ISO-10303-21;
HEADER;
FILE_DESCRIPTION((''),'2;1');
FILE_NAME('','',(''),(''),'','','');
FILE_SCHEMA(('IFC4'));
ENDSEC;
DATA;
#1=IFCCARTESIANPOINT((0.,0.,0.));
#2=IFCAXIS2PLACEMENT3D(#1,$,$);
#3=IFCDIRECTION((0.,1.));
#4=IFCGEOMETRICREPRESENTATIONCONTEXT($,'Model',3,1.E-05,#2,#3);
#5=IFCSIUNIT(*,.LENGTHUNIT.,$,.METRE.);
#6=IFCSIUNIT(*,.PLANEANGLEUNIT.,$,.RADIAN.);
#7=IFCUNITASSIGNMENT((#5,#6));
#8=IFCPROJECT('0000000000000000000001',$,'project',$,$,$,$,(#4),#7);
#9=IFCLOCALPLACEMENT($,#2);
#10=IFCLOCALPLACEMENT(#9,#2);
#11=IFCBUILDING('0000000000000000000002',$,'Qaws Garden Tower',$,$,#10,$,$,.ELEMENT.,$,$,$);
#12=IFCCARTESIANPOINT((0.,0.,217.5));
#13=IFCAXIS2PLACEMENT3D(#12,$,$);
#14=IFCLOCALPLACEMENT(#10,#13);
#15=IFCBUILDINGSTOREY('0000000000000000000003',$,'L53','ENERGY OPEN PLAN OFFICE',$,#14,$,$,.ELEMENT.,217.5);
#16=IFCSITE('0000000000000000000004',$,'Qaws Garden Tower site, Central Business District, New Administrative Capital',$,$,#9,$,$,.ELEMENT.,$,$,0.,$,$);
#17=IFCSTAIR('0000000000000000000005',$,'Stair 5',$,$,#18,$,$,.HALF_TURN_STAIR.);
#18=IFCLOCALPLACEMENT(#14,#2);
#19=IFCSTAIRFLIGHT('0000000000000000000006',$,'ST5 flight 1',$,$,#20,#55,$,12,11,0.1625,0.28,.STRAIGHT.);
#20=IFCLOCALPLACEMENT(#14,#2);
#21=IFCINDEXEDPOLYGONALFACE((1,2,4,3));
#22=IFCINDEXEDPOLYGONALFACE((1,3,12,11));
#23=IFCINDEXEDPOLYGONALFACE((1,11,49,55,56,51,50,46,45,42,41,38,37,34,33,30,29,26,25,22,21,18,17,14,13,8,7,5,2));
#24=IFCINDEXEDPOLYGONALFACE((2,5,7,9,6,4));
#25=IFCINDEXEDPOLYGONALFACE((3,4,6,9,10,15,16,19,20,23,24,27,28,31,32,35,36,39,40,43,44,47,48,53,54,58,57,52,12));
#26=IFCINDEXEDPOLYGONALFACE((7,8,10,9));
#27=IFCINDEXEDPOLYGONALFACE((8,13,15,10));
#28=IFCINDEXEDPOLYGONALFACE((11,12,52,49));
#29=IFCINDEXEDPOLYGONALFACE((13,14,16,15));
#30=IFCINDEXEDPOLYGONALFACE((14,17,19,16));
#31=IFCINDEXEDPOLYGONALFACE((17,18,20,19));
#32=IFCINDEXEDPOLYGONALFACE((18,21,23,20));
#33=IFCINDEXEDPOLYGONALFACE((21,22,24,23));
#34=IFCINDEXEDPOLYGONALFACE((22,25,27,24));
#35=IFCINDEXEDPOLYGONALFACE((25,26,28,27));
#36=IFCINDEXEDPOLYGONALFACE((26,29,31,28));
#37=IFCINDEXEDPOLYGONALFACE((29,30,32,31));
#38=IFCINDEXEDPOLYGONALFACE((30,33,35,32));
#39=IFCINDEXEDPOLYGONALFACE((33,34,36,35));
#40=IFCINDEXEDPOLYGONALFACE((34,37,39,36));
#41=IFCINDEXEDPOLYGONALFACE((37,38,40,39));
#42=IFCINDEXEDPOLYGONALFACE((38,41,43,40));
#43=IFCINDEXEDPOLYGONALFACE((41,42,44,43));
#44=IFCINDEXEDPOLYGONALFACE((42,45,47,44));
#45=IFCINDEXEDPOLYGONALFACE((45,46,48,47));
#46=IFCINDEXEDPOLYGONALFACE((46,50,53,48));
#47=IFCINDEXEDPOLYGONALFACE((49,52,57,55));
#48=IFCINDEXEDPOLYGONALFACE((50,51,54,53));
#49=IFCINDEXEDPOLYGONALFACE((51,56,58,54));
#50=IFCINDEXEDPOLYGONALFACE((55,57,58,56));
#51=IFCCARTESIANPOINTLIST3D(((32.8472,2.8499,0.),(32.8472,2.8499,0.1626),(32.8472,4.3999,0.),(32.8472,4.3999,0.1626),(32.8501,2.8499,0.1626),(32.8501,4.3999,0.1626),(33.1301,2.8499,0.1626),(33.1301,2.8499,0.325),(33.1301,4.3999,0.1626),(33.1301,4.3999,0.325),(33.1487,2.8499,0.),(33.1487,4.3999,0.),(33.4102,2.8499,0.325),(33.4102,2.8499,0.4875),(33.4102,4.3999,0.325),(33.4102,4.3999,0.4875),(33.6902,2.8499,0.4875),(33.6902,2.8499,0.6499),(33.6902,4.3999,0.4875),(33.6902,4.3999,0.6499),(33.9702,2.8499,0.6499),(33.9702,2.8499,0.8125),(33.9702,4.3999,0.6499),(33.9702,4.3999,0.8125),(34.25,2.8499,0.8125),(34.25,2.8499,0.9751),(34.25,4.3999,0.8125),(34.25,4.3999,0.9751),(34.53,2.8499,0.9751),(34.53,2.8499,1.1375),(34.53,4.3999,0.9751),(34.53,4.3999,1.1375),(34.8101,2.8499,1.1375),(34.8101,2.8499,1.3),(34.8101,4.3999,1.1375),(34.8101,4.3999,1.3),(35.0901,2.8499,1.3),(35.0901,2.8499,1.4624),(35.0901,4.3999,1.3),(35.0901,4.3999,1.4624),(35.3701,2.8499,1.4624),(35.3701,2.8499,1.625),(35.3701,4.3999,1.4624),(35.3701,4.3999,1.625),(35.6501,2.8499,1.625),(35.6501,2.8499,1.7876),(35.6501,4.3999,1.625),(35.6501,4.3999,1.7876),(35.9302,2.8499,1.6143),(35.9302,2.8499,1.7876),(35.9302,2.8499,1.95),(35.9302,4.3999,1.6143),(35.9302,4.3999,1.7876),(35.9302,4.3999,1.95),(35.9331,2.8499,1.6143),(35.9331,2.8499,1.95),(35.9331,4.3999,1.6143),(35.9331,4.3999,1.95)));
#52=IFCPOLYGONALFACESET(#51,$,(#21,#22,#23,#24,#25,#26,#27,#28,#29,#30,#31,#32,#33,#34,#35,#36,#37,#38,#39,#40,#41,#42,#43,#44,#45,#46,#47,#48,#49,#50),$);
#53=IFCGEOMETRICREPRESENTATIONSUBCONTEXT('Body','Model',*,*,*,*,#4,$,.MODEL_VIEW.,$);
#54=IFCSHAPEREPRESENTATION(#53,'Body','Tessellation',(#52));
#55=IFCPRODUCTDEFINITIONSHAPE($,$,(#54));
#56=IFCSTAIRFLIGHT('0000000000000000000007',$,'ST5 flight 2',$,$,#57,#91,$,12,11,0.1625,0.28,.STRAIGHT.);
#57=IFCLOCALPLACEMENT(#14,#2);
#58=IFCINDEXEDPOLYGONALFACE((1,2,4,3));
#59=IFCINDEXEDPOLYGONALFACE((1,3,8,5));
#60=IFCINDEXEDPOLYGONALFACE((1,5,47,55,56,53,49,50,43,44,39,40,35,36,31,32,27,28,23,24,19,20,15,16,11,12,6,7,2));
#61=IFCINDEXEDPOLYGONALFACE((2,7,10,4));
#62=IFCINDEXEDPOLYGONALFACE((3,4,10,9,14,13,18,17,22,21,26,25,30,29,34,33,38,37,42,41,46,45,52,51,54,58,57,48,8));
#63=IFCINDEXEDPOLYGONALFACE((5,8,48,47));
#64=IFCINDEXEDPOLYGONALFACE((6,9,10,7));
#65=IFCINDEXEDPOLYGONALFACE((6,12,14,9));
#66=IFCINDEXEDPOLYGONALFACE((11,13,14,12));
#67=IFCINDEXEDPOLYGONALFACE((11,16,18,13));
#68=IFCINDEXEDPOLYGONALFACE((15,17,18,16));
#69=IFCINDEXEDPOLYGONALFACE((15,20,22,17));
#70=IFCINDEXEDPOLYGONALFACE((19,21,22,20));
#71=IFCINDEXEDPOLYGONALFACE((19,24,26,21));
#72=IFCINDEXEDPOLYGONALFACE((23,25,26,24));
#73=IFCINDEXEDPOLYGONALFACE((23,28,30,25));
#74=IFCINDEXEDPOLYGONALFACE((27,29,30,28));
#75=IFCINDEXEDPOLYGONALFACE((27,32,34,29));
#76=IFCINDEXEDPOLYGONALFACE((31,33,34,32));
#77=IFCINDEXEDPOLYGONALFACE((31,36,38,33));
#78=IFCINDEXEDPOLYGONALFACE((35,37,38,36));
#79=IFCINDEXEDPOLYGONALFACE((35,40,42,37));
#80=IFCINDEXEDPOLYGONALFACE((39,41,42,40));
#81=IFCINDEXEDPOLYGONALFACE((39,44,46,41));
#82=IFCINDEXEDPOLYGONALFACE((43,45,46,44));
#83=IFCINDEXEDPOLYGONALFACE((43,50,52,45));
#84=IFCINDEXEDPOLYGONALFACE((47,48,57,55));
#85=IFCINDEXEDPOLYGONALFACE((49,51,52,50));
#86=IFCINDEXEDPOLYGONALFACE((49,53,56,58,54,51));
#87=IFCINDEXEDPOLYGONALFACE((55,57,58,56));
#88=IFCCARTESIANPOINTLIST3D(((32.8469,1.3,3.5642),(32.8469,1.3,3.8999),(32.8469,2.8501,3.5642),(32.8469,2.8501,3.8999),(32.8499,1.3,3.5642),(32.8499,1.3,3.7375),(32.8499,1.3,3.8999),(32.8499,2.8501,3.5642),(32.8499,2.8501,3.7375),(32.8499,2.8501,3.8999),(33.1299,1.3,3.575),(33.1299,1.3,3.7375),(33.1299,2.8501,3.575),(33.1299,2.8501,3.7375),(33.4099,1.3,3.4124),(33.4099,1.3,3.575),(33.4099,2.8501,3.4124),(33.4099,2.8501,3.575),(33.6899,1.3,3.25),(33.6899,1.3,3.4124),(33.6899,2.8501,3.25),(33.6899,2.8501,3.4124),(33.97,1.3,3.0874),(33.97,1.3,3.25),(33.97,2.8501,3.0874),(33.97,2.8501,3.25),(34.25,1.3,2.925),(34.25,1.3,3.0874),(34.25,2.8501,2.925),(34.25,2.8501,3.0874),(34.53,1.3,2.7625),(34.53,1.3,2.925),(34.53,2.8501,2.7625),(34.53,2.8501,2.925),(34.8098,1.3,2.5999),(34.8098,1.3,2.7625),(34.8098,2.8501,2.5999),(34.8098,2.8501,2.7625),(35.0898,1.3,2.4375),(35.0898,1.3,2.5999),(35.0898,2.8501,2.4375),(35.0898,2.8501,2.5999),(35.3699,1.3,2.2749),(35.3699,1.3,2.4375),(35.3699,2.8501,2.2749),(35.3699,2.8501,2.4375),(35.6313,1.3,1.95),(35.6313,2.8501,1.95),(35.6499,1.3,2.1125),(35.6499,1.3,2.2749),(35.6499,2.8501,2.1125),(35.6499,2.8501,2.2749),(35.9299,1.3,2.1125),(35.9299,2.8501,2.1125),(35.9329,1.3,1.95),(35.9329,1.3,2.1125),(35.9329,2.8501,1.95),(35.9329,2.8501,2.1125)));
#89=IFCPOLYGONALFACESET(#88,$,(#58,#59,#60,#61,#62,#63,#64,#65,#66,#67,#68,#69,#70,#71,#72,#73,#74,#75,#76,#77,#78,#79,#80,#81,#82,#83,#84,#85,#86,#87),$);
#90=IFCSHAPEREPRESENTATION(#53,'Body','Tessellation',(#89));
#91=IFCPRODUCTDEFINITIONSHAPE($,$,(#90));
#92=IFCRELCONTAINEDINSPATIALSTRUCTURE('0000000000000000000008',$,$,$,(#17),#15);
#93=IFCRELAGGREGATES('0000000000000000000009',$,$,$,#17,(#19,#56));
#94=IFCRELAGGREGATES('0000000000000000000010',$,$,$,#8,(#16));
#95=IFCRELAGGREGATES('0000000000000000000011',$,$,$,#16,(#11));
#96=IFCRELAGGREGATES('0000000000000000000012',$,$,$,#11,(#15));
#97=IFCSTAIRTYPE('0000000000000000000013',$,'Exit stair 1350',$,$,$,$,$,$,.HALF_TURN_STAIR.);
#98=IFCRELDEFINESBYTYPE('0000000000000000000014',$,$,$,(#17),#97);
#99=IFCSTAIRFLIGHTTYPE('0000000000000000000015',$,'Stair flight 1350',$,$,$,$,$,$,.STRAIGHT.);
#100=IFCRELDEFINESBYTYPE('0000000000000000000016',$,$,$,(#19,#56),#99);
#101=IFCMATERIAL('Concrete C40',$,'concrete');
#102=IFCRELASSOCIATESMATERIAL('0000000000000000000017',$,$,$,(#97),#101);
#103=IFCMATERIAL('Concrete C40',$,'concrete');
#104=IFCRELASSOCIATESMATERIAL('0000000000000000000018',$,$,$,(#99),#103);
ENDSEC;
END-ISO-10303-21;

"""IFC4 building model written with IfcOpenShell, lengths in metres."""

from ifc_helpers import new_model, si_unit, direction, frame, origin, place, context, subcontext, project, spatial, polyline, outline, extrude, material, type_object, element, aggregate, save


model = new_model("IFC4")

# Units and contexts
model_context = context("Model", 3, precision=1e-05, world=origin(), true_north=direction((0.0, 1.0)))
body_context = subcontext(model_context, "Body", "Model", "MODEL_VIEW")
ifc_project = project(units=[si_unit("LENGTHUNIT", "METRE"), si_unit("PLANEANGLEUNIT", "RADIAN")], contexts=[model_context])

# Site, building, storey
site_placement = place(None, origin())
site = spatial("IfcSite", under=ifc_project, at=site_placement, Name="Qaws Garden Tower site, Central Business District, New Administrative Capital", CompositionType="ELEMENT", RefElevation=0.0)
building_placement = place(site_placement, origin())
building = spatial("IfcBuilding", under=site, at=building_placement, Name="Qaws Garden Tower", CompositionType="ELEMENT")
storey_placement = place(building_placement, frame((0.0, 0.0, 217.5)))
storey = spatial("IfcBuildingStorey", under=building, at=storey_placement, Name="L53", Description="ENERGY OPEN PLAN OFFICE", CompositionType="ELEMENT", Elevation=217.5)

# Stair, stair flights
ifc_material_1 = material(Name="Concrete C40", Category="concrete")
stair_type = type_object("IfcStairType", Name="Exit stair 1350", PredefinedType="HALF_TURN_STAIR", material=ifc_material_1)
stair_placement = place(storey_placement, origin())
stair = element("IfcStair", 1, at=stair_placement, inside=storey, type_object=stair_type, Name="Stair 5", PredefinedType="HALF_TURN_STAIR")
ifc_material_2 = material(Name="Concrete C40", Category="concrete")
stair_flight_type = type_object("IfcStairFlightType", Name="Stair flight 1350", PredefinedType="STRAIGHT", material=ifc_material_2)
stair_flight_1_placement = place(storey_placement, frame((32.8501, 3.625, 0.0), z_axis=(0.0, 0.0, 1.0), x_axis=(1.0, 0.0, 0.0)))
stair_flight_1 = element("IfcStairFlight", 2, at=stair_flight_1_placement, type_object=stair_flight_type, Name="ST5 flight 1", NumberOfRisers=12, NumberOfTreads=11, PredefinedType="STRAIGHT", RiserHeight=0.1625, TreadLength=0.28, context=body_context, shape_type="SweptSolid", body=[
    extrude(outline(polyline([(-0.0029, 0.0), (-0.0029, 0.1626), (0.0, 0.1626), (0.28, 0.1626), (0.28, 0.325), (0.5601, 0.325), (0.5601, 0.4875), (0.8401, 0.4875), (0.8401, 0.6499), (1.1201, 0.6499), (1.1201, 0.8125), (1.3999, 0.8125), (1.3999, 0.9751), (1.6799, 0.9751), (1.6799, 1.1375), (1.96, 1.1375), (1.96, 1.3), (2.24, 1.3), (2.24, 1.4624), (2.52, 1.4624), (2.52, 1.625), (2.8, 1.625), (2.8, 1.7876), (3.0801, 1.7876), (3.0801, 1.95), (3.083, 1.95), (3.083, 1.6143), (3.0801, 1.6143), (0.2986, 0.0), (-0.0029, 0.0)])), frame((0.0, 0.7749, 0.0), z_axis=(0.0, -1.0, 0.0), x_axis=(1.0, 0.0, 0.0)), (0.0, 0.0, 1.0), 1.55),
])
stair_flight_2_placement = place(storey_placement, frame((35.9299, 2.075, 1.95), z_axis=(0.0, 0.0, 1.0), x_axis=(-1.0, 0.0, 0.0)))
stair_flight_2 = element("IfcStairFlight", 3, at=stair_flight_2_placement, type_object=stair_flight_type, Name="ST5 flight 2", NumberOfRisers=12, NumberOfTreads=11, PredefinedType="STRAIGHT", RiserHeight=0.1625, TreadLength=0.28, context=body_context, shape_type="SweptSolid", body=[
    extrude(outline(polyline([(-0.0029, 0.0), (-0.0029, 0.1626), (0.0, 0.1626), (0.28, 0.1626), (0.28, 0.325), (0.5601, 0.325), (0.5601, 0.4875), (0.8401, 0.4875), (0.8401, 0.6499), (1.1201, 0.6499), (1.1201, 0.8125), (1.3999, 0.8125), (1.3999, 0.9751), (1.6799, 0.9751), (1.6799, 1.1375), (1.96, 1.1375), (1.96, 1.3), (2.24, 1.3), (2.24, 1.4624), (2.52, 1.4624), (2.52, 1.625), (2.8, 1.625), (2.8, 1.7876), (3.0801, 1.7876), (3.0801, 1.95), (3.083, 1.95), (3.083, 1.6143), (3.0801, 1.6143), (0.2986, 0.0), (-0.0029, 0.0)])), frame((0.0, 0.7749, 0.0), z_axis=(0.0, -1.0, 0.0), x_axis=(1.0, 0.0, 0.0)), (0.0, 0.0, 1.0), 1.55),
])
aggregate(stair, [stair_flight_1, stair_flight_2])

save(model, "model.ifc")
